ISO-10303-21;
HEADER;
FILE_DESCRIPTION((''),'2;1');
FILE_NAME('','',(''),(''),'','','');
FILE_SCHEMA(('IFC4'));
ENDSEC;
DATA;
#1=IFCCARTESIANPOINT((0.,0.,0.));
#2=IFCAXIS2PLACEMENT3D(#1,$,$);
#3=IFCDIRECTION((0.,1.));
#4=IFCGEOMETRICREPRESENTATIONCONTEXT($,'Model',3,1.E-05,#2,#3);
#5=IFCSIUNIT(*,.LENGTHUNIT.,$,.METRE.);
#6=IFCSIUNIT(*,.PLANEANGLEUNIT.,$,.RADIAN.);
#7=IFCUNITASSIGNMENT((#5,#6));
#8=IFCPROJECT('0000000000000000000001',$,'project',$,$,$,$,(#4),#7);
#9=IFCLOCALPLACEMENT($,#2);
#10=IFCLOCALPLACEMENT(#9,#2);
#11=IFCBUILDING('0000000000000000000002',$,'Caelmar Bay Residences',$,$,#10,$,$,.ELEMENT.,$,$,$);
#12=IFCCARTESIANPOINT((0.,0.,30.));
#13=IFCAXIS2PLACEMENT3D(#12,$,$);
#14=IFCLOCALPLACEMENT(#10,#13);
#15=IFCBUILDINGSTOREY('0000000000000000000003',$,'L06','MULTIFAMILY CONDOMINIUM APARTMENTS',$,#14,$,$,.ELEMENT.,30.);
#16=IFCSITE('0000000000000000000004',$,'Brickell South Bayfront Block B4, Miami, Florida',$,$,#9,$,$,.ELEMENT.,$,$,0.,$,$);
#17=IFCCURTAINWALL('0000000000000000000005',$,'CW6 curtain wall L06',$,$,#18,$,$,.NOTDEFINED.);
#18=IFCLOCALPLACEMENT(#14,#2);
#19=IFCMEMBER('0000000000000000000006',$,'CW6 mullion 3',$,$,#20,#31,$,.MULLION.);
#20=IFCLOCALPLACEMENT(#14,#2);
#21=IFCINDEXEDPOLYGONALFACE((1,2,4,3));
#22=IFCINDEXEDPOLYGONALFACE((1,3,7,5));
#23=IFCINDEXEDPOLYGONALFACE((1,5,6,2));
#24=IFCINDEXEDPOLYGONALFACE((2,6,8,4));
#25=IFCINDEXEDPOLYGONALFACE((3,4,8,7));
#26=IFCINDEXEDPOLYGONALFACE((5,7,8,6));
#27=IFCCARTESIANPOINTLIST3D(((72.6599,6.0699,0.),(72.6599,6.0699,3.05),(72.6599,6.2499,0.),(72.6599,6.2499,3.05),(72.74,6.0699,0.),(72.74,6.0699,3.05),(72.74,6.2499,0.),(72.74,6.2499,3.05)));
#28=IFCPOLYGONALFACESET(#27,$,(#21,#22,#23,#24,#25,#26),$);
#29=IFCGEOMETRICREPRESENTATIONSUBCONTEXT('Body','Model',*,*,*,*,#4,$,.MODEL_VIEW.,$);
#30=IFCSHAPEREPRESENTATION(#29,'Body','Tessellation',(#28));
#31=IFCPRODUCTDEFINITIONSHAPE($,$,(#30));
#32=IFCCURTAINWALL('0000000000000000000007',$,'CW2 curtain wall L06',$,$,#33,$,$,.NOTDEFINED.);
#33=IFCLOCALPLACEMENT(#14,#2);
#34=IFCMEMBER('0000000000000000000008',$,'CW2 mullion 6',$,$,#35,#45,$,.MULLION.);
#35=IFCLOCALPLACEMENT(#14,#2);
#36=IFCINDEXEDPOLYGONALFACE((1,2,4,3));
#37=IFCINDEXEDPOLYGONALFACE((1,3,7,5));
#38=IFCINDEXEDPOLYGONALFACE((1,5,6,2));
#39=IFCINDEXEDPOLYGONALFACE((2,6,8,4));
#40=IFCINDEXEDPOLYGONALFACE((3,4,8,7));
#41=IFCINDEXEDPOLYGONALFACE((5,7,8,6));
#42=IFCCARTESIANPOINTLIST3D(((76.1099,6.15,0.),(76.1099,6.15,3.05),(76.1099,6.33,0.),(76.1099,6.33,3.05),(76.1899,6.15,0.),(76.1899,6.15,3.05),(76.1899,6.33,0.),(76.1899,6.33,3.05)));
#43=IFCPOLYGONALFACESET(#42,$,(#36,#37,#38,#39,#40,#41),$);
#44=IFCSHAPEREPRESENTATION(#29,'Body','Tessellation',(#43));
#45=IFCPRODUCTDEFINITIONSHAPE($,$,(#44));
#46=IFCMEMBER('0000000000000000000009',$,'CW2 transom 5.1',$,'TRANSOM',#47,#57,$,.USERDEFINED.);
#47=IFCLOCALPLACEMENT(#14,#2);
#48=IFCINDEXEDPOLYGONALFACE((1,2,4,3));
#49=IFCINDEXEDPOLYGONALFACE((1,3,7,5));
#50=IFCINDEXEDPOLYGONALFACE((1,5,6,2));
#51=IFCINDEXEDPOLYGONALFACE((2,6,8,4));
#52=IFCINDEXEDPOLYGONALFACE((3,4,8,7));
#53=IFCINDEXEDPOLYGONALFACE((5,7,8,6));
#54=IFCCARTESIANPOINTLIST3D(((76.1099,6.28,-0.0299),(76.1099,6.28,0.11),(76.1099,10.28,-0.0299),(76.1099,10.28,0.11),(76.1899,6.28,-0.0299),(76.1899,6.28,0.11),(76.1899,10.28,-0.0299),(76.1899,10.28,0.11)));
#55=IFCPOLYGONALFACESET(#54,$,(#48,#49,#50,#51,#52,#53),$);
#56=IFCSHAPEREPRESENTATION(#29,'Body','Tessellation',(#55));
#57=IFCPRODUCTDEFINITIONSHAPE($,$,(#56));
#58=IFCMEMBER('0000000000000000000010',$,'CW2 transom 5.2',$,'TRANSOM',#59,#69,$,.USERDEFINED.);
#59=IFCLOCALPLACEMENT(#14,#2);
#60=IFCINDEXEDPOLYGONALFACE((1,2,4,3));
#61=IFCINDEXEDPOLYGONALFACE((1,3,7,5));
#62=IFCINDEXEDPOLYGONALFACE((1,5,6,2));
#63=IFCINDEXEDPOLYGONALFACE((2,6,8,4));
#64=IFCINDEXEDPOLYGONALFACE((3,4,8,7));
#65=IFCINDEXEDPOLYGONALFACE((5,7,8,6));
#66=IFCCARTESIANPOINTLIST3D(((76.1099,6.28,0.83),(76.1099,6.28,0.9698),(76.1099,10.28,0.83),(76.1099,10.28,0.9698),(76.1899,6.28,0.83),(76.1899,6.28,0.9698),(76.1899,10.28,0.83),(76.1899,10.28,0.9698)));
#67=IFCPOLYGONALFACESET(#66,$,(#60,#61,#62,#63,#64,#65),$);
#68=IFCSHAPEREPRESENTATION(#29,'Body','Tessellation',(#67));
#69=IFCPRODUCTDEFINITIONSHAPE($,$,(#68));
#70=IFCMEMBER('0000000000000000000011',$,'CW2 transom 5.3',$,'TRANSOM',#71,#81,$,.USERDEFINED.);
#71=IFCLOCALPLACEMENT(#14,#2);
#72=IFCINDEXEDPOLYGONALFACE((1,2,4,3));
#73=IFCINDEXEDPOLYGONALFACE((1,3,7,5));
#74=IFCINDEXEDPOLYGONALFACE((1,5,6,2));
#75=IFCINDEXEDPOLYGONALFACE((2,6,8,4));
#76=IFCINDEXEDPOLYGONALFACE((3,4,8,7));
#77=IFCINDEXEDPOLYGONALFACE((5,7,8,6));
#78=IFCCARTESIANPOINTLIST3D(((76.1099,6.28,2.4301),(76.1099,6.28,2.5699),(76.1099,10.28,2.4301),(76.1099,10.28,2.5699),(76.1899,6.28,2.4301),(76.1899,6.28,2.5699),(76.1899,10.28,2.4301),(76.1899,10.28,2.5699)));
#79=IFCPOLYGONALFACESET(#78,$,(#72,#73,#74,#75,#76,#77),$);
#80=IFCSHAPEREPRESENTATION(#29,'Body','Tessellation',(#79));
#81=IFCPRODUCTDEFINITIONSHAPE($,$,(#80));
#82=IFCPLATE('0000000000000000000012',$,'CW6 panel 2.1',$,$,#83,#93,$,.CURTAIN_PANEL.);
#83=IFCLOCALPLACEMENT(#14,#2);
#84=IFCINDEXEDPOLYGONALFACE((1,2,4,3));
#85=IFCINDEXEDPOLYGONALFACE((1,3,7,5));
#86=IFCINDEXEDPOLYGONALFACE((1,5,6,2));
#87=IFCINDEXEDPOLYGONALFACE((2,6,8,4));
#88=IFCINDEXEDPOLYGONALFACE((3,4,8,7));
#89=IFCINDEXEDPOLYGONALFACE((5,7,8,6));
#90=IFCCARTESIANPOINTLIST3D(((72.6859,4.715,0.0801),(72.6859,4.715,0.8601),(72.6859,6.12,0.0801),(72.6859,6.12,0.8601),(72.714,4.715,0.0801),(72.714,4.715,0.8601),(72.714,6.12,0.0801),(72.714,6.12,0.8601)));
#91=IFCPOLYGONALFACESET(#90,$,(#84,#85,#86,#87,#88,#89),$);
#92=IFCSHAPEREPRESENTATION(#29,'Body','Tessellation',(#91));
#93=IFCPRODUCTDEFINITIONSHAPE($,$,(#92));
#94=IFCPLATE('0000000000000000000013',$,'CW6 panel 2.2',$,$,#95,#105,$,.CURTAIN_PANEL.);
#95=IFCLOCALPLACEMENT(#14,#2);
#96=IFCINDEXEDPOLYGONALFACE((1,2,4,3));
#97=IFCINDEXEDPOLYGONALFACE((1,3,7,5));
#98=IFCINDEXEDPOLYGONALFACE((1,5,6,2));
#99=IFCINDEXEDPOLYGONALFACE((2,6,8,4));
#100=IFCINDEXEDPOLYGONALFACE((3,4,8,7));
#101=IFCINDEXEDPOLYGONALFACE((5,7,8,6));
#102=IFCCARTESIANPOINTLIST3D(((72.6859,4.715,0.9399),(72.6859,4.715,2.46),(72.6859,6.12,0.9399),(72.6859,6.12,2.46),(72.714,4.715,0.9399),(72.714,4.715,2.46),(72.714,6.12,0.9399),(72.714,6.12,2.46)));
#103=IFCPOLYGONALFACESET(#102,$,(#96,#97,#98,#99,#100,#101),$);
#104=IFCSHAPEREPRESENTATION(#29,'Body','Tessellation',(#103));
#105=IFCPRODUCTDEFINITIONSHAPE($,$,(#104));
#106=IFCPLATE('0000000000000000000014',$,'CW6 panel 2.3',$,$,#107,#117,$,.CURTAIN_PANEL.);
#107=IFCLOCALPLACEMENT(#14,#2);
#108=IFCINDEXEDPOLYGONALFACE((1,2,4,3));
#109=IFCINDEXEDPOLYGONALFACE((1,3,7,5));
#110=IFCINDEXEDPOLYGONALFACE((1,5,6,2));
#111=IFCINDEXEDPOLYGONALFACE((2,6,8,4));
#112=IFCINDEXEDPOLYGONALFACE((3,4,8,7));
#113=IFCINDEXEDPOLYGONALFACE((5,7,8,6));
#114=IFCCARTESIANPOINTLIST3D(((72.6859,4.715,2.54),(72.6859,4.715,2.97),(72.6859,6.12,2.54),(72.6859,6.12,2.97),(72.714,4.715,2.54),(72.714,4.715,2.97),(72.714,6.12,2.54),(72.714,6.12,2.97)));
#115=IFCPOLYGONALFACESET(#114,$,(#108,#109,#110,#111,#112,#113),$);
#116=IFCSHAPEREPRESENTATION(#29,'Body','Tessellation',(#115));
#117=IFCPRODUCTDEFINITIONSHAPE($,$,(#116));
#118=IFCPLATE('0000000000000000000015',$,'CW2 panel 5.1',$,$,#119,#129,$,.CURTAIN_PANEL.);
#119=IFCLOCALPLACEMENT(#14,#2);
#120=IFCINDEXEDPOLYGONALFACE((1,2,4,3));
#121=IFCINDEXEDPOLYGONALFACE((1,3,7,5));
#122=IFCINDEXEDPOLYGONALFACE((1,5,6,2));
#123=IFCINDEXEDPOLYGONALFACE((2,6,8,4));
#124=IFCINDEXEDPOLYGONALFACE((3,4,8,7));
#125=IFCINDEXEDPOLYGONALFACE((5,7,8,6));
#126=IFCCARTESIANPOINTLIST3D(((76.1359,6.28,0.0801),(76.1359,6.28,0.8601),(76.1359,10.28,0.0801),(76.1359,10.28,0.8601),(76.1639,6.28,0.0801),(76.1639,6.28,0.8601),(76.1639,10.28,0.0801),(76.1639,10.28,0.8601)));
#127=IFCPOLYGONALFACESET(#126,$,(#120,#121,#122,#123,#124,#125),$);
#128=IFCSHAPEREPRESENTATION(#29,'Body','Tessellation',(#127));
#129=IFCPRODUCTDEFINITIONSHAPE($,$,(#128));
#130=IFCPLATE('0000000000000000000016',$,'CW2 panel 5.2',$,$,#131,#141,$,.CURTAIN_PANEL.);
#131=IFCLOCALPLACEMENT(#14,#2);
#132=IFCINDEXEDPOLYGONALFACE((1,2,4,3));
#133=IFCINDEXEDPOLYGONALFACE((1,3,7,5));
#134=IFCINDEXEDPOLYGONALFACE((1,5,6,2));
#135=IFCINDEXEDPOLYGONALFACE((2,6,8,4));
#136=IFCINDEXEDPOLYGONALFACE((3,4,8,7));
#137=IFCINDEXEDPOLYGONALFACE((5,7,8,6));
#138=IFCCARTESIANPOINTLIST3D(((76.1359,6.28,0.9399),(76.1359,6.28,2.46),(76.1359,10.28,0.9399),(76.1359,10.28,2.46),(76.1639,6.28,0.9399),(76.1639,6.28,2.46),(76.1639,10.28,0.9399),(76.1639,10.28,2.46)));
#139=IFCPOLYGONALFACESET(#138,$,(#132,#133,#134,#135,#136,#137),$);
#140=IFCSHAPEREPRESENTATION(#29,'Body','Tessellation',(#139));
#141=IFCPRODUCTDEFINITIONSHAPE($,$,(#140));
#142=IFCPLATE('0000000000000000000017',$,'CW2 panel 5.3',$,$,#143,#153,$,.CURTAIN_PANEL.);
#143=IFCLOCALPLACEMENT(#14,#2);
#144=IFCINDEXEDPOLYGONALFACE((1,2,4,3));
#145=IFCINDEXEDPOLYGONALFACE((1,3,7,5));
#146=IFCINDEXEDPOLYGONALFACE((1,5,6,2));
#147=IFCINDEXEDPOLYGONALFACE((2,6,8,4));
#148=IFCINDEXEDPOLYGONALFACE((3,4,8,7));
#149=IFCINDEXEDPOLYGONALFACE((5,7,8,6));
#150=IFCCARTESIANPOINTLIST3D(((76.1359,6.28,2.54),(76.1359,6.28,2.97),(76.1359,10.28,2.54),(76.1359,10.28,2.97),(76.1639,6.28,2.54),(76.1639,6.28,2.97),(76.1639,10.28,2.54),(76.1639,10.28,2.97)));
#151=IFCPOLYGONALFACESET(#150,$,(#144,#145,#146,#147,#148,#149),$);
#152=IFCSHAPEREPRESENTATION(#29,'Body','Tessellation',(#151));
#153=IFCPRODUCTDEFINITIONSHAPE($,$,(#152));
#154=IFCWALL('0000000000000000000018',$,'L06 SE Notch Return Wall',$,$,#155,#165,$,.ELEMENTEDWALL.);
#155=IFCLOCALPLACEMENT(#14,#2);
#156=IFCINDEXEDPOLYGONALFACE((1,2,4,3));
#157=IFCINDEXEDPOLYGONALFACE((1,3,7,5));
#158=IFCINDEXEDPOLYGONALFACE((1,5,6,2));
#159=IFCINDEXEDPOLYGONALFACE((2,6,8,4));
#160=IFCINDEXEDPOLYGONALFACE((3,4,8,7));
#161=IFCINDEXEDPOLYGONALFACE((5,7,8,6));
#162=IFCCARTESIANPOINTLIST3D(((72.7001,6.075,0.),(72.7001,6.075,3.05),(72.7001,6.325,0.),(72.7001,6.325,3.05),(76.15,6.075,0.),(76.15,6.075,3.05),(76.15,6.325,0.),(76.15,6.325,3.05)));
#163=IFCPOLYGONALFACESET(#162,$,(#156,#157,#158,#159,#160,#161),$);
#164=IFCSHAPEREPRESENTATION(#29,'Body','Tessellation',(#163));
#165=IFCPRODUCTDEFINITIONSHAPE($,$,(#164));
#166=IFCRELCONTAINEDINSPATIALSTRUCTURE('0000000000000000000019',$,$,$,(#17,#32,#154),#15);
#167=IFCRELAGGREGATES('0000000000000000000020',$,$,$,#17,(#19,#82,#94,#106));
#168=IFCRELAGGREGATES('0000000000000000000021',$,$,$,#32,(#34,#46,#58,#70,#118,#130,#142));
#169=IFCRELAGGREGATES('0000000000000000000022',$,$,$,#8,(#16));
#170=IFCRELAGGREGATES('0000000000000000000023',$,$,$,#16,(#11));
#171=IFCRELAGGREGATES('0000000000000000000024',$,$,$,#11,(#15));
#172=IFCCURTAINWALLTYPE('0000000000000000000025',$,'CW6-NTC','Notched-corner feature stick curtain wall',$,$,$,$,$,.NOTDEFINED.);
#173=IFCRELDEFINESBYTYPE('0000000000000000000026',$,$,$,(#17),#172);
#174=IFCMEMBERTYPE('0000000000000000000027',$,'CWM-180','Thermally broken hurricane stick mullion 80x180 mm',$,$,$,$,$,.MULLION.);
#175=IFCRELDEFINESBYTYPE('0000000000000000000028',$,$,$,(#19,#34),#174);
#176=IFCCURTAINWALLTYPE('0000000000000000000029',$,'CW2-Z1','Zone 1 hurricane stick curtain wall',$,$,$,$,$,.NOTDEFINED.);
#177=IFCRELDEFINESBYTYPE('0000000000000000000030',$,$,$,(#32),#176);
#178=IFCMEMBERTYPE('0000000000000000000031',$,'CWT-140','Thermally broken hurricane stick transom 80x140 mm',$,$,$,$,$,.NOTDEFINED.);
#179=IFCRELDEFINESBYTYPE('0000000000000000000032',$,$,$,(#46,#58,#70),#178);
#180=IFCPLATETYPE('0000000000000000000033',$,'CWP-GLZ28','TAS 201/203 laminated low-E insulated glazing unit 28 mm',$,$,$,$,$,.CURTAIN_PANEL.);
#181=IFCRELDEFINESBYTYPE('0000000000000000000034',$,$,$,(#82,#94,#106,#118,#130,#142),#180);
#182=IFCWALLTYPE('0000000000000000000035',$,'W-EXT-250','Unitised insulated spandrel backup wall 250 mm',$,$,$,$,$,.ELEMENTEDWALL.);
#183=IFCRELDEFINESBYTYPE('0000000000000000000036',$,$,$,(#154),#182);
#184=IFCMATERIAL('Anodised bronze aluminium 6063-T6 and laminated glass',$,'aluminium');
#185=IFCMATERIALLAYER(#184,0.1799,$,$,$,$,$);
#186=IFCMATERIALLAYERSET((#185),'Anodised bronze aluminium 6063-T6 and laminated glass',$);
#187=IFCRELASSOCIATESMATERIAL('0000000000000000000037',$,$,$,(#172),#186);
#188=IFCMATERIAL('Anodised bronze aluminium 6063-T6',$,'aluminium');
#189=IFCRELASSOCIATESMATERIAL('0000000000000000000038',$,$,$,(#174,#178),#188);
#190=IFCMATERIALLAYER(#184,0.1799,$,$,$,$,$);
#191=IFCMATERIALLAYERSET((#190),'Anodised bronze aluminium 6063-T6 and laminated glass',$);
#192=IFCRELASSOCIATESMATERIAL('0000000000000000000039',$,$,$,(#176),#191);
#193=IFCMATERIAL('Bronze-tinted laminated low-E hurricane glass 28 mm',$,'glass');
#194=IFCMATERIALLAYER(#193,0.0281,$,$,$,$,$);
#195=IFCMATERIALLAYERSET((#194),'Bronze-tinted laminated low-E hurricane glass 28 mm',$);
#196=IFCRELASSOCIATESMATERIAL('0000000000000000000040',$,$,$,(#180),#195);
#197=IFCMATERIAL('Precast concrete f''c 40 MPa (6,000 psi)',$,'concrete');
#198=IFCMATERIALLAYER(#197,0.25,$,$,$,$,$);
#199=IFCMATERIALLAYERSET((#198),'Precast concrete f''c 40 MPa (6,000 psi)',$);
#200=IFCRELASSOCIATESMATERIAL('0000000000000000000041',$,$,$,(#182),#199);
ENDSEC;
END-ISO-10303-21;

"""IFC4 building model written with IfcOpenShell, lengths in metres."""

from ifc_helpers import new_model, si_unit, direction, frame, frame_2d, origin, origin_2d, place, context, subcontext, project, spatial, rectangle, extrude, material, layer, layer_set, material_profile, profile_set, type_object, element, aggregate, save


model = new_model("IFC4")

# Units and contexts
model_context = context("Model", 3, precision=1e-05, world=origin(), true_north=direction((0.0, 1.0)))
body_context = subcontext(model_context, "Body", "Model", "MODEL_VIEW")
ifc_project = project(units=[si_unit("LENGTHUNIT", "METRE"), si_unit("PLANEANGLEUNIT", "RADIAN")], contexts=[model_context])

# Site, building, storey
site_placement = place(None, origin())
site = spatial("IfcSite", under=ifc_project, at=site_placement, Name="Brickell South Bayfront Block B4, Miami, Florida", CompositionType="ELEMENT", RefElevation=0.0)
building_placement = place(site_placement, origin())
building = spatial("IfcBuilding", under=site, at=building_placement, Name="Caelmar Bay Residences", CompositionType="ELEMENT")
storey_placement = place(building_placement, frame((0.0, 0.0, 30.0)))
storey = spatial("IfcBuildingStorey", under=building, at=storey_placement, Name="L06", Description="MULTIFAMILY CONDOMINIUM APARTMENTS", CompositionType="ELEMENT", Elevation=30.0)

# Curtain wall, member
ifc_material_1 = material(Name="Anodised bronze aluminium 6063-T6 and laminated glass", Category="aluminium")
ifc_layer_1 = layer(ifc_material_1, 0.1799)
ifc_layer_set_1 = layer_set([ifc_layer_1], Name="Anodised bronze aluminium 6063-T6 and laminated glass")
curtain_wall_type_1 = type_object("IfcCurtainWallType", Name="CW6-NTC", Description="Notched-corner feature stick curtain wall", PredefinedType="NOTDEFINED", material=ifc_layer_set_1)
curtain_wall_1_placement = place(storey_placement, origin())
curtain_wall_1 = element("IfcCurtainWall", 1, at=curtain_wall_1_placement, inside=storey, type_object=curtain_wall_type_1, Name="CW6 curtain wall L06", PredefinedType="NOTDEFINED")
ifc_material_2 = material(Name="Anodised bronze aluminium 6063-T6", Category="aluminium")
ifc_material_profile_1 = material_profile(ifc_material_2, rectangle(XDim=0.0801, YDim=0.1799, at=origin_2d()), Name="CWM-80X180")
ifc_profile_set_1 = profile_set([ifc_material_profile_1], Name="Anodised bronze aluminium 6063-T6")
member_type_1 = type_object("IfcMemberType", Name="CWM-180", Description="Thermally broken hurricane stick mullion 80x180 mm", PredefinedType="MULLION", material=ifc_profile_set_1)
member_1_placement = place(storey_placement, frame((72.7, 6.1599, 0.0), z_axis=(0.0, 0.0, 1.0), x_axis=(-1.0, 0.0, 0.0)))
member_1 = element("IfcMember", 2, at=member_1_placement, type_object=member_type_1, Name="CW6 mullion 3", PredefinedType="MULLION", context=body_context, shape_type="SweptSolid", body=[
    extrude(rectangle(XDim=0.0801, YDim=0.1799, at=origin_2d()), origin(), (0.0, 0.0, 1.0), 3.05),
])

# Curtain wall, members
ifc_layer_2 = layer(ifc_material_1, 0.1799)
ifc_layer_set_2 = layer_set([ifc_layer_2], Name="Anodised bronze aluminium 6063-T6 and laminated glass")
curtain_wall_type_2 = type_object("IfcCurtainWallType", Name="CW2-Z1", Description="Zone 1 hurricane stick curtain wall", PredefinedType="NOTDEFINED", material=ifc_layer_set_2)
curtain_wall_2_placement = place(storey_placement, origin())
curtain_wall_2 = element("IfcCurtainWall", 3, at=curtain_wall_2_placement, inside=storey, type_object=curtain_wall_type_2, Name="CW2 curtain wall L06", PredefinedType="NOTDEFINED")
member_2_placement = place(storey_placement, frame((76.1499, 6.24, 0.0), z_axis=(0.0, 0.0, 1.0), x_axis=(1.0, 0.0, 0.0)))
member_2 = element("IfcMember", 4, at=member_2_placement, type_object=member_type_1, Name="CW2 mullion 6", PredefinedType="MULLION", context=body_context, shape_type="SweptSolid", body=[
    extrude(rectangle(XDim=0.0801, YDim=0.1799, at=origin_2d()), origin(), (0.0, 0.0, 1.0), 3.05),
])
ifc_material_profile_2 = material_profile(ifc_material_2, rectangle(XDim=0.0801, YDim=0.1399, at=origin_2d()), Name="CWT-80X140")
ifc_profile_set_2 = profile_set([ifc_material_profile_2], Name="Anodised bronze aluminium 6063-T6")
member_type_2 = type_object("IfcMemberType", Name="CWT-140", Description="Thermally broken hurricane stick transom 80x140 mm", PredefinedType="NOTDEFINED", material=ifc_profile_set_2)
member_3_placement = place(storey_placement, frame((76.1499, 10.28, 0.04), z_axis=(0.0, -1.0, 0.0), x_axis=(1.0, 0.0, 0.0)))
member_3 = element("IfcMember", 5, at=member_3_placement, type_object=member_type_2, Name="CW2 transom 5.1", ObjectType="TRANSOM", PredefinedType="USERDEFINED", context=body_context, shape_type="SweptSolid", body=[
    extrude(rectangle(XDim=0.0801, YDim=0.1399, at=origin_2d()), origin(), (0.0, 0.0, 1.0), 4.0),
])
member_4_placement = place(storey_placement, frame((76.1499, 10.28, 0.8999), z_axis=(0.0, -1.0, 0.0), x_axis=(1.0, 0.0, 0.0)))
member_4 = element("IfcMember", 6, at=member_4_placement, type_object=member_type_2, Name="CW2 transom 5.2", ObjectType="TRANSOM", PredefinedType="USERDEFINED", context=body_context, shape_type="SweptSolid", body=[
    extrude(rectangle(XDim=0.0801, YDim=0.1399, at=origin_2d()), origin(), (0.0, 0.0, 1.0), 4.0),
])
member_5_placement = place(storey_placement, frame((76.1499, 10.28, 2.5), z_axis=(0.0, -1.0, 0.0), x_axis=(1.0, 0.0, 0.0)))
member_5 = element("IfcMember", 7, at=member_5_placement, type_object=member_type_2, Name="CW2 transom 5.3", ObjectType="TRANSOM", PredefinedType="USERDEFINED", context=body_context, shape_type="SweptSolid", body=[
    extrude(rectangle(XDim=0.0801, YDim=0.1399, at=origin_2d()), origin(), (0.0, 0.0, 1.0), 4.0),
])

# Plates
ifc_material_3 = material(Name="Bronze-tinted laminated low-E hurricane glass 28 mm", Category="glass")
ifc_layer_3 = layer(ifc_material_3, 0.0281)
ifc_layer_set_3 = layer_set([ifc_layer_3], Name="Bronze-tinted laminated low-E hurricane glass 28 mm")
plate_type = type_object("IfcPlateType", Name="CWP-GLZ28", Description="TAS 201/203 laminated low-E insulated glazing unit 28 mm", PredefinedType="CURTAIN_PANEL", material=ifc_layer_set_3)
plate_1_placement = place(storey_placement, frame((72.7, 5.4175, 0.0801), z_axis=(0.0, 0.0, 1.0), x_axis=(0.0, 1.0, 0.0)))
plate_1 = element("IfcPlate", 8, at=plate_1_placement, type_object=plate_type, Name="CW6 panel 2.1", PredefinedType="CURTAIN_PANEL", context=body_context, shape_type="SweptSolid", body=[
    extrude(rectangle(XDim=1.405, YDim=0.0281, at=origin_2d()), origin(), (0.0, 0.0, 1.0), 0.78),
])
plate_2_placement = place(storey_placement, frame((72.7, 5.4175, 0.9399), z_axis=(0.0, 0.0, 1.0), x_axis=(0.0, 1.0, 0.0)))
plate_2 = element("IfcPlate", 9, at=plate_2_placement, type_object=plate_type, Name="CW6 panel 2.2", PredefinedType="CURTAIN_PANEL", context=body_context, shape_type="SweptSolid", body=[
    extrude(rectangle(XDim=1.405, YDim=0.0281, at=origin_2d()), origin(), (0.0, 0.0, 1.0), 1.52),
])
plate_3_placement = place(storey_placement, frame((72.7, 5.4175, 2.54), z_axis=(0.0, 0.0, 1.0), x_axis=(0.0, 1.0, 0.0)))
plate_3 = element("IfcPlate", 10, at=plate_3_placement, type_object=plate_type, Name="CW6 panel 2.3", PredefinedType="CURTAIN_PANEL", context=body_context, shape_type="SweptSolid", body=[
    extrude(rectangle(XDim=1.405, YDim=0.0281, at=origin_2d()), origin(), (0.0, 0.0, 1.0), 0.4299),
])
aggregate(curtain_wall_1, [member_1, plate_1, plate_2, plate_3])
plate_4_placement = place(storey_placement, frame((76.1499, 8.28, 0.0801), z_axis=(0.0, 0.0, 1.0), x_axis=(0.0, -1.0, 0.0)))
plate_4 = element("IfcPlate", 11, at=plate_4_placement, type_object=plate_type, Name="CW2 panel 5.1", PredefinedType="CURTAIN_PANEL", context=body_context, shape_type="SweptSolid", body=[
    extrude(rectangle(XDim=4.0, YDim=0.0281, at=origin_2d()), origin(), (0.0, 0.0, 1.0), 0.78),
])
plate_5_placement = place(storey_placement, frame((76.1499, 8.28, 0.9399), z_axis=(0.0, 0.0, 1.0), x_axis=(0.0, -1.0, 0.0)))
plate_5 = element("IfcPlate", 12, at=plate_5_placement, type_object=plate_type, Name="CW2 panel 5.2", PredefinedType="CURTAIN_PANEL", context=body_context, shape_type="SweptSolid", body=[
    extrude(rectangle(XDim=4.0, YDim=0.0281, at=origin_2d()), origin(), (0.0, 0.0, 1.0), 1.52),
])
plate_6_placement = place(storey_placement, frame((76.1499, 8.28, 2.54), z_axis=(0.0, 0.0, 1.0), x_axis=(0.0, -1.0, 0.0)))
plate_6 = element("IfcPlate", 13, at=plate_6_placement, type_object=plate_type, Name="CW2 panel 5.3", PredefinedType="CURTAIN_PANEL", context=body_context, shape_type="SweptSolid", body=[
    extrude(rectangle(XDim=4.0, YDim=0.0281, at=origin_2d()), origin(), (0.0, 0.0, 1.0), 0.4299),
])
aggregate(curtain_wall_2, [member_2, member_3, member_4, member_5, plate_4, plate_5, plate_6])

# Wall
ifc_material_4 = material(Name="Precast concrete f'c 40 MPa (6,000 psi)", Category="concrete")
ifc_layer_4 = layer(ifc_material_4, 0.25)
ifc_layer_set_4 = layer_set([ifc_layer_4], Name="Precast concrete f'c 40 MPa (6,000 psi)")
wall_type_1 = type_object("IfcWallType", Name="W-EXT-250", Description="Unitised insulated spandrel backup wall 250 mm", PredefinedType="ELEMENTEDWALL", material=ifc_layer_set_4)
wall_1_placement = place(storey_placement, frame((72.7, 6.2, 0.0), z_axis=(0.0, 0.0, 1.0), x_axis=(1.0, 0.0, 0.0)))
element("IfcWall", 14, at=wall_1_placement, inside=storey, type_object=wall_type_1, Name="L06 SE Notch Return Wall", PredefinedType="ELEMENTEDWALL", context=body_context, shape_type="SweptSolid", body=[
    extrude(rectangle(XDim=3.45, YDim=0.25, at=frame_2d((1.7251, 0.0))), origin(), (0.0, 0.0, 1.0), 3.05),
])

save(model, "model.ifc")
